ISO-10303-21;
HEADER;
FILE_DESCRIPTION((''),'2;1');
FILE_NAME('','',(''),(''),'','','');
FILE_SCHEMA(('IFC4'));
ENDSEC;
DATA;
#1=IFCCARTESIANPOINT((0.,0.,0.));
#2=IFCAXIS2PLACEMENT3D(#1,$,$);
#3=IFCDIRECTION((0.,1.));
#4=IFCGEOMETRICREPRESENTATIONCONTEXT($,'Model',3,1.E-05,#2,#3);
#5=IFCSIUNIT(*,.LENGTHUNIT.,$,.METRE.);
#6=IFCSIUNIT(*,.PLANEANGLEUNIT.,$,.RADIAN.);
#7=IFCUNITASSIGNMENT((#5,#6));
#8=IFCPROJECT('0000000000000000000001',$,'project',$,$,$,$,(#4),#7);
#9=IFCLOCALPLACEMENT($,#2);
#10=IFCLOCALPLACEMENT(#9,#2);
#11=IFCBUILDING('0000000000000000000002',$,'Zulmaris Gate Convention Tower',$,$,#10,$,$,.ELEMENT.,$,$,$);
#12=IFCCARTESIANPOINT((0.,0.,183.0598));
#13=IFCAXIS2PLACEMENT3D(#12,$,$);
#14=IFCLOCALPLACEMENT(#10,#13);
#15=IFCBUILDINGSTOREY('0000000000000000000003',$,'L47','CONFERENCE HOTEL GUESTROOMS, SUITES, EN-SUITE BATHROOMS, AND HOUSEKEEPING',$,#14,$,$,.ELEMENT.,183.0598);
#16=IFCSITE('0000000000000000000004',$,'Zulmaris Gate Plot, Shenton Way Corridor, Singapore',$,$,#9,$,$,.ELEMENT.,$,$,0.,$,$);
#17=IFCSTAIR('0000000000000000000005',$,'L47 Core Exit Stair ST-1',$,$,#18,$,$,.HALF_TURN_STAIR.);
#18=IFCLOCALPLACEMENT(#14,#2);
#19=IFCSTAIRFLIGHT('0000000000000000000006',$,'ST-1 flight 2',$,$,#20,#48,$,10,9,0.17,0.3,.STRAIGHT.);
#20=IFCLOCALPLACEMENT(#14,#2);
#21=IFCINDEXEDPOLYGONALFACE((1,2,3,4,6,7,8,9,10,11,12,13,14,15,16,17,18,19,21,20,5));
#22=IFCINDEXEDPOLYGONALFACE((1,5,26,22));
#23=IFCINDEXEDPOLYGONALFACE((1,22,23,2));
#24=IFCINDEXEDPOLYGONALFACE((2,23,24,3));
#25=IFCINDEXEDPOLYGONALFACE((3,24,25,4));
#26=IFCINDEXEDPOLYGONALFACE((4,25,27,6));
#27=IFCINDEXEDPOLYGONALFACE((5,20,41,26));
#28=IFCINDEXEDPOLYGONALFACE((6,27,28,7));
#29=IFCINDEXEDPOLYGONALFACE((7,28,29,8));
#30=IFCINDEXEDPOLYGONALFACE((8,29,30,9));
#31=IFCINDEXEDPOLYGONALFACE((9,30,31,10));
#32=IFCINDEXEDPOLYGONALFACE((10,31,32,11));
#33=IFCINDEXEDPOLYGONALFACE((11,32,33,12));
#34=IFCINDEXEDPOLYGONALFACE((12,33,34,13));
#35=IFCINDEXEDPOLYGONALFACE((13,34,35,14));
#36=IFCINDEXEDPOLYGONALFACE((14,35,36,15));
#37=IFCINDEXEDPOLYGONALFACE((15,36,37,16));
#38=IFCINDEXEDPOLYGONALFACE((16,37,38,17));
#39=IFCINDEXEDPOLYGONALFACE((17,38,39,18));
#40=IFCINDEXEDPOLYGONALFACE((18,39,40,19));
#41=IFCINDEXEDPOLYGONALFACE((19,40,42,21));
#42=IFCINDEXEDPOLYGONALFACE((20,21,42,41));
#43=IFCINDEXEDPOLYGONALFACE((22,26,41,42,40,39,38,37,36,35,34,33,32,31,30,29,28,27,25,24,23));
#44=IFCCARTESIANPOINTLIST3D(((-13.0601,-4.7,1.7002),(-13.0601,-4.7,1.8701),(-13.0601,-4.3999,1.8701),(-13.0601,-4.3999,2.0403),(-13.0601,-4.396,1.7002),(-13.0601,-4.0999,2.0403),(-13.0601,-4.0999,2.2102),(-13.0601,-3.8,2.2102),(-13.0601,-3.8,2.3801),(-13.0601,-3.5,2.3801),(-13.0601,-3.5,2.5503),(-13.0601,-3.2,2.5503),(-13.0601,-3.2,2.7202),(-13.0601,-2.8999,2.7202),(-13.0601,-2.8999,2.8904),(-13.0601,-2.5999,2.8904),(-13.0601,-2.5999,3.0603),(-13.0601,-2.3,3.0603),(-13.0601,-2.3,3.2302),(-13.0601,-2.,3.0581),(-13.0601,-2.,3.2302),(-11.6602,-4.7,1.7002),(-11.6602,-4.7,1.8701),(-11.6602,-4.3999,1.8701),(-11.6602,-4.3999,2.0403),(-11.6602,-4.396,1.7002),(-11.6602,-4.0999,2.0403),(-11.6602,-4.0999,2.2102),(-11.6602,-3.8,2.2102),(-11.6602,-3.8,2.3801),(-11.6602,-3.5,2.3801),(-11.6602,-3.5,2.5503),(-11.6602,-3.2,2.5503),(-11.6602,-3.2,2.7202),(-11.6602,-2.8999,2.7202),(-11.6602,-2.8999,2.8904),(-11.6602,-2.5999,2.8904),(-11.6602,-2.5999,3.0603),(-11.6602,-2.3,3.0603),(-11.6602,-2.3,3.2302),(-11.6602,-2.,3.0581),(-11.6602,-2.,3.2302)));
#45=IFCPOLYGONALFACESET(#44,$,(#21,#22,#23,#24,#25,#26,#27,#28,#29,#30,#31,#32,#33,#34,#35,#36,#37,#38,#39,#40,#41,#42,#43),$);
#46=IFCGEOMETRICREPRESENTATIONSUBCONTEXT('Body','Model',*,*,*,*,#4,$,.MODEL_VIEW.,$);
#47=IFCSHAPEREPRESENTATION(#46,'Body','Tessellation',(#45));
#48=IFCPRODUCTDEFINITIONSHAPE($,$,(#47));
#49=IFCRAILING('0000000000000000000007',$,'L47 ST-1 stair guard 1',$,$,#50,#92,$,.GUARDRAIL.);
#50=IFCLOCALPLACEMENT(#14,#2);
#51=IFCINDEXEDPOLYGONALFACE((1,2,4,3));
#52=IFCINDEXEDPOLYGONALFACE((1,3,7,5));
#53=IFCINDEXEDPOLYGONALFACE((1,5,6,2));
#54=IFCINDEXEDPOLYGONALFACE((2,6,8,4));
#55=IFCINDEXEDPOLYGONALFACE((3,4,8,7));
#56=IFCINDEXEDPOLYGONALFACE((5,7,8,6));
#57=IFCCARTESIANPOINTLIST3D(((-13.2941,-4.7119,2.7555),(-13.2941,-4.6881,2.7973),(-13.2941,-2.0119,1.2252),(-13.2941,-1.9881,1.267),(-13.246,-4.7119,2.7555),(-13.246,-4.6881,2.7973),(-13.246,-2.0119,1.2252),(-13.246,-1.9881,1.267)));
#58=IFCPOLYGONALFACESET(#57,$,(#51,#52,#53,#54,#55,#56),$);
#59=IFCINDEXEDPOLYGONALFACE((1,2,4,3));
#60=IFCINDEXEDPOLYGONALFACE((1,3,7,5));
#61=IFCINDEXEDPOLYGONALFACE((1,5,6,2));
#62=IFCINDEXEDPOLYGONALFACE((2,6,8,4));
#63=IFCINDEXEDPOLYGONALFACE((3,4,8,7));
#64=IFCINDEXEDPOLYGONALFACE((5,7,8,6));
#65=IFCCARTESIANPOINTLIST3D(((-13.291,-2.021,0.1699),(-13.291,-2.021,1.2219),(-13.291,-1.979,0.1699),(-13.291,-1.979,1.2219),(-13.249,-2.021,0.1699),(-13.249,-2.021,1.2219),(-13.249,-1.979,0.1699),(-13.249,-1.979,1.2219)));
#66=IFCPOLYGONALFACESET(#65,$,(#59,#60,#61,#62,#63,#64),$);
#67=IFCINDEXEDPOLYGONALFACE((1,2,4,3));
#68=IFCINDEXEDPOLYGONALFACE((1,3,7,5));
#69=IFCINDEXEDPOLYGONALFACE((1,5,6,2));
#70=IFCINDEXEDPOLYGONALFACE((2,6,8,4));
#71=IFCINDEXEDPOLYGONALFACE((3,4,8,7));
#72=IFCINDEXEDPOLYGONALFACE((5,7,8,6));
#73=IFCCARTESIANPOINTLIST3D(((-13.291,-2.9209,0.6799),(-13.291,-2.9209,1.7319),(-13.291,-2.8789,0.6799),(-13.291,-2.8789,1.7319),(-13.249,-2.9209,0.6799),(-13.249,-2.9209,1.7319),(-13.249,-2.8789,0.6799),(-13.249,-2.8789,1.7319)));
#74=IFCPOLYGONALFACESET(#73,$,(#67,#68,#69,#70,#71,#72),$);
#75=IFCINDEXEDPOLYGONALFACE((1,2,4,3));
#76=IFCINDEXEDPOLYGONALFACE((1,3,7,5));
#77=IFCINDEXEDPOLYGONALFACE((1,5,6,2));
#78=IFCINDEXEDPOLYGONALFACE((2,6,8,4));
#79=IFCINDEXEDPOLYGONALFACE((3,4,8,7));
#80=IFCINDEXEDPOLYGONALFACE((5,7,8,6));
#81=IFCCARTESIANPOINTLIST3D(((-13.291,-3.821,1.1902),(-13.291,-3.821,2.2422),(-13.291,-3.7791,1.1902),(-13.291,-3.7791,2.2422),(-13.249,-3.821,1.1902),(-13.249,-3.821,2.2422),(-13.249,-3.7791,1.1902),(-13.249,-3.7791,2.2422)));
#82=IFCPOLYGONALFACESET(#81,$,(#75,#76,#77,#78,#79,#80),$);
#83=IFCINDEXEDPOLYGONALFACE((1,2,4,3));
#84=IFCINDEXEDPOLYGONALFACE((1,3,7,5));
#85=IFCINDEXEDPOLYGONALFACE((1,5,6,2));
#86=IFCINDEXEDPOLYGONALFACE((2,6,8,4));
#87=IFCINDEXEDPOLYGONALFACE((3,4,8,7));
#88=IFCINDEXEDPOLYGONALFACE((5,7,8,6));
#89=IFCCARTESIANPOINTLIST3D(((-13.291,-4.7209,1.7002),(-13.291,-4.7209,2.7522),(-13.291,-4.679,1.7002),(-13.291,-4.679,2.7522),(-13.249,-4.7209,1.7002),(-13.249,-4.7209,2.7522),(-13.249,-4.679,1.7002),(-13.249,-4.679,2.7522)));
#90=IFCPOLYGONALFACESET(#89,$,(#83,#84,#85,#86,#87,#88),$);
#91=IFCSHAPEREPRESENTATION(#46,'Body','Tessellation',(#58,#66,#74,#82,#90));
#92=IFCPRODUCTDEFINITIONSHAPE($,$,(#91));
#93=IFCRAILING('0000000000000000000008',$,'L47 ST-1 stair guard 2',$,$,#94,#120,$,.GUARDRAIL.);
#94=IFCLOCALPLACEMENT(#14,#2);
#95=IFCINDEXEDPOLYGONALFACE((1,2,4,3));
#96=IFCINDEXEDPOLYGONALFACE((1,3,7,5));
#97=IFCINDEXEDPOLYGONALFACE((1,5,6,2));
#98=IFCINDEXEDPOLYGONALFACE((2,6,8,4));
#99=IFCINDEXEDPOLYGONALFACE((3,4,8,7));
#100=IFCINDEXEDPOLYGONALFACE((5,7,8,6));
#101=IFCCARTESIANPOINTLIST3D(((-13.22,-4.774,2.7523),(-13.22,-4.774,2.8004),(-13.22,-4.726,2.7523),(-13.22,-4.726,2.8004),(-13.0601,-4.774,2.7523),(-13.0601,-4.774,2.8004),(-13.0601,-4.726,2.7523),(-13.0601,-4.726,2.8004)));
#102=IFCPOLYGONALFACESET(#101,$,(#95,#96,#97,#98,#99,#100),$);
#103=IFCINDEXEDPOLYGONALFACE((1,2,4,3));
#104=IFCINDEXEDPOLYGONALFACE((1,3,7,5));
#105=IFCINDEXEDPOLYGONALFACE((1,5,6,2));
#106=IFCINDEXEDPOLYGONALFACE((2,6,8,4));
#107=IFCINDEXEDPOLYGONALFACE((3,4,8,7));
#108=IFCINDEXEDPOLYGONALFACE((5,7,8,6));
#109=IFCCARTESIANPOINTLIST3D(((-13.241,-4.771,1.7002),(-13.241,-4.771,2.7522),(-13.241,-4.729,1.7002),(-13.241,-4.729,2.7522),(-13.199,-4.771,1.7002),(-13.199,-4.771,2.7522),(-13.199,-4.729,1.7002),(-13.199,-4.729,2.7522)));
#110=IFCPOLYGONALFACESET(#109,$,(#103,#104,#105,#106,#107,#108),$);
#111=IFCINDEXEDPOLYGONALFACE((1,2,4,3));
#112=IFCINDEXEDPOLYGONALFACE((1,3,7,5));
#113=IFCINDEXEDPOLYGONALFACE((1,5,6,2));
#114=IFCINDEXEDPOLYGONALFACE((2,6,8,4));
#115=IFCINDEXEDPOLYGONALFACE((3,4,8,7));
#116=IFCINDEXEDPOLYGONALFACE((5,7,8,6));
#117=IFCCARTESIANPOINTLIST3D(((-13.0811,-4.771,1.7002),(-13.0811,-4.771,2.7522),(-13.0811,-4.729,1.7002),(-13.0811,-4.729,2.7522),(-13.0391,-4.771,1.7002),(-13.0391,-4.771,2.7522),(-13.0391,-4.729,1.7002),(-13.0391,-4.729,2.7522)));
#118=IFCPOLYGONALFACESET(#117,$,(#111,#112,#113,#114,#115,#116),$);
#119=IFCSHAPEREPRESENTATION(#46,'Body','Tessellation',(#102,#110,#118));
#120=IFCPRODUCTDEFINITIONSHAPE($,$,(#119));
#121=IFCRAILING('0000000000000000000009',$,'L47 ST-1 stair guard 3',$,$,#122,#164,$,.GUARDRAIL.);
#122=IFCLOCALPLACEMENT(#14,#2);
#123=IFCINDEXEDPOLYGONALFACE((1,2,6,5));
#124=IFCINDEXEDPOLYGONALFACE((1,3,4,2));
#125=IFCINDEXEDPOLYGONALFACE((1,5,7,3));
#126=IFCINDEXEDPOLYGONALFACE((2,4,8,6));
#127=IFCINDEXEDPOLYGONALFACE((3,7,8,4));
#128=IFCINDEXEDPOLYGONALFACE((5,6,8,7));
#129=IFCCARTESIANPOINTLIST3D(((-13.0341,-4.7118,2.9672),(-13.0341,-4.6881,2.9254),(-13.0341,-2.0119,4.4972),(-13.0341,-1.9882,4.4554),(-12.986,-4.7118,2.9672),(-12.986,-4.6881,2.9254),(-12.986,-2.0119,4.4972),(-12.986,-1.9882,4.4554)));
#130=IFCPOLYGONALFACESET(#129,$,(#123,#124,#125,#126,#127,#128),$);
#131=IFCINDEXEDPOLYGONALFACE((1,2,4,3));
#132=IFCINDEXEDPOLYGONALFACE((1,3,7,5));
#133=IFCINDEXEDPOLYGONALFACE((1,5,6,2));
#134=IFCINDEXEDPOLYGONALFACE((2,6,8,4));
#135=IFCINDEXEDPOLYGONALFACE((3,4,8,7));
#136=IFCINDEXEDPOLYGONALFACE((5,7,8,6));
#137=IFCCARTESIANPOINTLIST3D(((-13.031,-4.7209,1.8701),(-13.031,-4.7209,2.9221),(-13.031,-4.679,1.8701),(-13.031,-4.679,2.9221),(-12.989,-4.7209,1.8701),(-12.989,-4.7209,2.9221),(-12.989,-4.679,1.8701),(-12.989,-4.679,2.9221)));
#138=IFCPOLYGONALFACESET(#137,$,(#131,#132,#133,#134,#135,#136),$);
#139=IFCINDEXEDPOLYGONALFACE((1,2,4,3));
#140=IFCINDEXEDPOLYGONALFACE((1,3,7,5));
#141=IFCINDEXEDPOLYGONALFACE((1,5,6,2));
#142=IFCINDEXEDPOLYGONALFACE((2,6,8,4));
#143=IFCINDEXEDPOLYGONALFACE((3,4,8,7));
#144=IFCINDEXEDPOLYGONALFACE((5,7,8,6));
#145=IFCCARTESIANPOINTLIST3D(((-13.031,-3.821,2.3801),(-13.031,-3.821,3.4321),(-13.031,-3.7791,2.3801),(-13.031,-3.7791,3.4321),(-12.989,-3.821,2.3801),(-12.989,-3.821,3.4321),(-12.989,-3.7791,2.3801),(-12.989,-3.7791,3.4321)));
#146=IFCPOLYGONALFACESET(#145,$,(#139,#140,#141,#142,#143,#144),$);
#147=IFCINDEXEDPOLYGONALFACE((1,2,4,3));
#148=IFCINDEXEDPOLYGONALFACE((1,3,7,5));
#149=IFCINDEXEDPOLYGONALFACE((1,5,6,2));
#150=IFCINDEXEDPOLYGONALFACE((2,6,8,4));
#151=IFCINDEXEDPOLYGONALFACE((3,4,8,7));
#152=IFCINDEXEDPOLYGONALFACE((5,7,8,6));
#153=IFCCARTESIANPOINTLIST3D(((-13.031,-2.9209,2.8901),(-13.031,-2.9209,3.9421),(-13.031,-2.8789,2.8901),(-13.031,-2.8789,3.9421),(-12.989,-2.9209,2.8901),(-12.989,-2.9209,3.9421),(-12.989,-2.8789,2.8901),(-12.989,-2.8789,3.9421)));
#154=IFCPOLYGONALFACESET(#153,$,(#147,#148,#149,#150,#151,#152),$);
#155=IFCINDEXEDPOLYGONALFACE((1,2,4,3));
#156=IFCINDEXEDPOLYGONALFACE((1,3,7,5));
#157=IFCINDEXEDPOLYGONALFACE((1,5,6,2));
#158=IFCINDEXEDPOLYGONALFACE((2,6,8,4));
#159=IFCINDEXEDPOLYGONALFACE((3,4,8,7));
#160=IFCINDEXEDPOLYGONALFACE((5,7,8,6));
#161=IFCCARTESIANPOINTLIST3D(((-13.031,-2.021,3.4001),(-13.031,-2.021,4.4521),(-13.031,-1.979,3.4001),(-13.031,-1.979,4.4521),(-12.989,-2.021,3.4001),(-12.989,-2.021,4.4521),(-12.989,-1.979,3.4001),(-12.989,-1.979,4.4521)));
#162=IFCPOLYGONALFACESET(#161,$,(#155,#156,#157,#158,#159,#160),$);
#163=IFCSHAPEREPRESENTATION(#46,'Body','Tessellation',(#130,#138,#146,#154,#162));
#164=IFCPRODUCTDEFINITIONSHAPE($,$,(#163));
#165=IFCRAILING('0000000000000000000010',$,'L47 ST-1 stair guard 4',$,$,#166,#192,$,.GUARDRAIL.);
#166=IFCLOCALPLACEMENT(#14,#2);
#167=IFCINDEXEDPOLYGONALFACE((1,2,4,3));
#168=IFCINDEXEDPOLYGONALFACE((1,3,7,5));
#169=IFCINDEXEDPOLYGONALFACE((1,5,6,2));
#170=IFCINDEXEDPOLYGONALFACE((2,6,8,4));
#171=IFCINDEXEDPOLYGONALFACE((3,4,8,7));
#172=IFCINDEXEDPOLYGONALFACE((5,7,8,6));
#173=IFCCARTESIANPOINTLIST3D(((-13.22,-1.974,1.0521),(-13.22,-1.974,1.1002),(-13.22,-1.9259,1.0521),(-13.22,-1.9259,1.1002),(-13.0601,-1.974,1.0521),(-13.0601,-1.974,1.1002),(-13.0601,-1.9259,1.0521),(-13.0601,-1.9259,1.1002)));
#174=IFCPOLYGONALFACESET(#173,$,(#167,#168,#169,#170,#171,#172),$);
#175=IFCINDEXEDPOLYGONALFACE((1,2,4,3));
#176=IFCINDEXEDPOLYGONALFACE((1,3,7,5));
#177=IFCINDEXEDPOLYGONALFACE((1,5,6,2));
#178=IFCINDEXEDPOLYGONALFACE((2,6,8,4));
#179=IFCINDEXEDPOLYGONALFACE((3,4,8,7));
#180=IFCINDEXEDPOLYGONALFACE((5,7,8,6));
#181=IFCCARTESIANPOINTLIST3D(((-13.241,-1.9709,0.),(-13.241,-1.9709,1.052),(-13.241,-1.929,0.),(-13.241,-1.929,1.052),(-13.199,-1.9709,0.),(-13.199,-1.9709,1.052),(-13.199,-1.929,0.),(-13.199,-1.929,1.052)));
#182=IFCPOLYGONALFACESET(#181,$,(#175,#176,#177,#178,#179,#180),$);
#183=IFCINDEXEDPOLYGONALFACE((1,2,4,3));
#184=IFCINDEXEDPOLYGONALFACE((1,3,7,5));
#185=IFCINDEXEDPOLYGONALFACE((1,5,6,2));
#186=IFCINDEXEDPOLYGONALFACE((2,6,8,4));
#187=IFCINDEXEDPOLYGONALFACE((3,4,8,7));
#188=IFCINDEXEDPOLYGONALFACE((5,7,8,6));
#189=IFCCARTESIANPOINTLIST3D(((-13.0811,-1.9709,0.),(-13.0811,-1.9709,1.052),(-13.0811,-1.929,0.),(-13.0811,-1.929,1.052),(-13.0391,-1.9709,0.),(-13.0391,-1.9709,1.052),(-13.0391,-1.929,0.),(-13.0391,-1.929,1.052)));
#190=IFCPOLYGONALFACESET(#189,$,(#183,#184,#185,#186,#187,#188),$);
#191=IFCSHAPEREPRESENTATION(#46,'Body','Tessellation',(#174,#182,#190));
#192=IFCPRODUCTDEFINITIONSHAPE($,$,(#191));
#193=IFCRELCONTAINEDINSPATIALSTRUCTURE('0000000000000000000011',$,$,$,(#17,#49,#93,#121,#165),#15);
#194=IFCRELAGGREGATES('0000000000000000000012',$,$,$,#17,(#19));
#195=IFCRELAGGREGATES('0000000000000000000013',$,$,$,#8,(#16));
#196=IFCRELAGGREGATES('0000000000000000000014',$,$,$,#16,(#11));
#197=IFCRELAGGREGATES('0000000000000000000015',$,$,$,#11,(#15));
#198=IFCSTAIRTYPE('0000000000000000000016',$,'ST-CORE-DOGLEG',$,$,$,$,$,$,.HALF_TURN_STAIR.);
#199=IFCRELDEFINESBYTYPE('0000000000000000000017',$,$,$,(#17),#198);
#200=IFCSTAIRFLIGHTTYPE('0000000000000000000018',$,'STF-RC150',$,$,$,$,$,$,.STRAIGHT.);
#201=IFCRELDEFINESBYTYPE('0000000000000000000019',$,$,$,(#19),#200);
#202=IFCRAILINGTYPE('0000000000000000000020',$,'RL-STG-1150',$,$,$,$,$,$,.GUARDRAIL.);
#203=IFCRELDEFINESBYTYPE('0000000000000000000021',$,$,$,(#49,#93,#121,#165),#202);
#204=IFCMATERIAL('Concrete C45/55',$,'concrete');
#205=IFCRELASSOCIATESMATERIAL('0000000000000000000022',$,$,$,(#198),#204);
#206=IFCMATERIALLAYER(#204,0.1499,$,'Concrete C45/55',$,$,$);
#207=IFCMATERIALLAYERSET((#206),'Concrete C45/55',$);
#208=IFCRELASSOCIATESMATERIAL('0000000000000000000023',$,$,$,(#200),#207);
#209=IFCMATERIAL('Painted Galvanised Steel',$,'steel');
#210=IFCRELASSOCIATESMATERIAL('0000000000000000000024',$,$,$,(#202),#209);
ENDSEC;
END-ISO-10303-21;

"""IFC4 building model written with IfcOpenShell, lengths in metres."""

from ifc_helpers import new_model, si_unit, direction, frame, origin, origin_2d, place, context, subcontext, project, spatial, polyline, rectangle, outline, extrude, material, layer, layer_set, type_object, element, aggregate, save


model = new_model("IFC4")

# Units and contexts
model_context = context("Model", 3, precision=1e-05, world=origin(), true_north=direction((0.0, 1.0)))
body_context = subcontext(model_context, "Body", "Model", "MODEL_VIEW")
ifc_project = project(units=[si_unit("LENGTHUNIT", "METRE"), si_unit("PLANEANGLEUNIT", "RADIAN")], contexts=[model_context])

# Site, building, storey
site_placement = place(None, origin())
site = spatial("IfcSite", under=ifc_project, at=site_placement, Name="Zulmaris Gate Plot, Shenton Way Corridor, Singapore", CompositionType="ELEMENT", RefElevation=0.0)
building_placement = place(site_placement, origin())
building = spatial("IfcBuilding", under=site, at=building_placement, Name="Zulmaris Gate Convention Tower", CompositionType="ELEMENT")
storey_placement = place(building_placement, frame((0.0, 0.0, 183.0598)))
storey = spatial("IfcBuildingStorey", under=building, at=storey_placement, Name="L47", Description="CONFERENCE HOTEL GUESTROOMS, SUITES, EN-SUITE BATHROOMS, AND HOUSEKEEPING", CompositionType="ELEMENT", Elevation=183.0598)

# Stair, stair flight
ifc_material_1 = material(Name="Concrete C45/55", Category="concrete")
stair_type = type_object("IfcStairType", Name="ST-CORE-DOGLEG", PredefinedType="HALF_TURN_STAIR", material=ifc_material_1)
stair_placement = place(storey_placement, origin())
stair = element("IfcStair", 1, at=stair_placement, inside=storey, type_object=stair_type, Name="L47 Core Exit Stair ST-1", PredefinedType="HALF_TURN_STAIR")
ifc_layer_1 = layer(ifc_material_1, 0.1499, Name="Concrete C45/55")
ifc_layer_set_1 = layer_set([ifc_layer_1], Name="Concrete C45/55")
stair_flight_type = type_object("IfcStairFlightType", Name="STF-RC150", PredefinedType="STRAIGHT", material=ifc_layer_set_1)
stair_flight_1_placement = place(storey_placement, frame((-12.3601, -4.7, 1.7002), z_axis=(0.0, 0.0, 1.0), x_axis=(0.0, 1.0, 0.0)))
stair_flight_1 = element("IfcStairFlight", 2, at=stair_flight_1_placement, type_object=stair_flight_type, Name="ST-1 flight 2", NumberOfRisers=10, NumberOfTreads=9, PredefinedType="STRAIGHT", RiserHeight=0.17, TreadLength=0.3, context=body_context, shape_type="SweptSolid", body=[
    extrude(outline(polyline([(0.0, 0.0), (0.0, 0.1699), (0.3, 0.1699), (0.3, 0.3401), (0.6001, 0.3401), (0.6001, 0.51), (0.8999, 0.51), (0.8999, 0.6799), (1.2, 0.6799), (1.2, 0.8501), (1.5, 0.8501), (1.5, 1.02), (1.8, 1.02), (1.8, 1.1902), (2.1001, 1.1902), (2.1001, 1.3601), (2.3999, 1.3601), (2.3999, 1.53), (2.7, 1.53), (2.7, 1.7002), (2.7, 1.3579), (0.304, 0.0), (0.0, 0.0)])), frame((0.0, 0.7, 0.0), z_axis=(0.0, -1.0, 0.0), x_axis=(1.0, 0.0, 0.0)), (0.0, 0.0, 1.0), 1.3999),
])
aggregate(stair, [stair_flight_1])

# Railings
ifc_material_2 = material(Name="Painted Galvanised Steel", Category="steel")
railing_type_1 = type_object("IfcRailingType", Name="RL-STG-1150", PredefinedType="GUARDRAIL", material=ifc_material_2)
railing_1_placement = place(storey_placement, frame((-13.27, -2.0, 0.1699)))
element("IfcRailing", 3, at=railing_1_placement, inside=storey, type_object=railing_type_1, Name="L47 ST-1 stair guard 1", PredefinedType="GUARDRAIL", context=body_context, shape_type="SweptSolid", body=[
    extrude(rectangle(XDim=0.0481, YDim=0.0481, at=origin_2d()), frame((0.0, 0.0, 1.0762), z_axis=(0.0, -0.869981, 0.493086), x_axis=(1.0, 0.0, 0.0)), (0.0, 0.0, 1.0), 3.1035),
    extrude(rectangle(XDim=0.042, YDim=0.042, at=origin_2d()), origin(), (0.0, 0.0, 1.0), 1.052),
    extrude(rectangle(XDim=0.042, YDim=0.042, at=origin_2d()), frame((0.0, -0.8999, 0.51)), (0.0, 0.0, 1.0), 1.052),
    extrude(rectangle(XDim=0.042, YDim=0.042, at=origin_2d()), frame((0.0, -1.8, 1.0203)), (0.0, 0.0, 1.0), 1.052),
    extrude(rectangle(XDim=0.042, YDim=0.042, at=origin_2d()), frame((0.0, -2.7, 1.5303)), (0.0, 0.0, 1.0), 1.052),
])
railing_2_placement = place(storey_placement, frame((-13.22, -4.75, 1.7002)))
element("IfcRailing", 4, at=railing_2_placement, inside=storey, type_object=railing_type_1, Name="L47 ST-1 stair guard 2", PredefinedType="GUARDRAIL", context=body_context, shape_type="SweptSolid", body=[
    extrude(rectangle(XDim=0.0481, YDim=0.0481, at=origin_2d()), frame((0.0, 0.0, 1.0762), z_axis=(1.0, 0.0, 0.0), x_axis=(0.0, 1.0, 0.0)), (0.0, 0.0, 1.0), 0.1599),
    extrude(rectangle(XDim=0.042, YDim=0.042, at=origin_2d()), origin(), (0.0, 0.0, 1.0), 1.052),
    extrude(rectangle(XDim=0.042, YDim=0.042, at=origin_2d()), frame((0.1599, 0.0, 0.0)), (0.0, 0.0, 1.0), 1.052),
])
railing_3_placement = place(storey_placement, frame((-13.01, -4.7, 1.8701)))
element("IfcRailing", 5, at=railing_3_placement, inside=storey, type_object=railing_type_1, Name="L47 ST-1 stair guard 3", PredefinedType="GUARDRAIL", context=body_context, shape_type="SweptSolid", body=[
    extrude(rectangle(XDim=0.0481, YDim=0.0481, at=origin_2d()), frame((0.0, 0.0, 1.0762), z_axis=(0.0, 0.870014, 0.493026), x_axis=(-1.0, 0.0, 0.0)), (0.0, 0.0, 1.0), 3.1033),
    extrude(rectangle(XDim=0.042, YDim=0.042, at=origin_2d()), origin(), (0.0, 0.0, 1.0), 1.052),
    extrude(rectangle(XDim=0.042, YDim=0.042, at=origin_2d()), frame((0.0, 0.8999, 0.51)), (0.0, 0.0, 1.0), 1.052),
    extrude(rectangle(XDim=0.042, YDim=0.042, at=origin_2d()), frame((0.0, 1.8, 1.02)), (0.0, 0.0, 1.0), 1.052),
    extrude(rectangle(XDim=0.042, YDim=0.042, at=origin_2d()), frame((0.0, 2.7, 1.53)), (0.0, 0.0, 1.0), 1.052),
])
railing_4_placement = place(storey_placement, frame((-13.22, -1.95, 0.0)))
element("IfcRailing", 6, at=railing_4_placement, inside=storey, type_object=railing_type_1, Name="L47 ST-1 stair guard 4", PredefinedType="GUARDRAIL", context=body_context, shape_type="SweptSolid", body=[
    extrude(rectangle(XDim=0.0481, YDim=0.0481, at=origin_2d()), frame((0.0, 0.0, 1.0762), z_axis=(1.0, 0.0, 0.0), x_axis=(0.0, 1.0, 0.0)), (0.0, 0.0, 1.0), 0.1599),
    extrude(rectangle(XDim=0.042, YDim=0.042, at=origin_2d()), origin(), (0.0, 0.0, 1.0), 1.052),
    extrude(rectangle(XDim=0.042, YDim=0.042, at=origin_2d()), frame((0.1599, 0.0, 0.0)), (0.0, 0.0, 1.0), 1.052),
])

save(model, "model.ifc")
